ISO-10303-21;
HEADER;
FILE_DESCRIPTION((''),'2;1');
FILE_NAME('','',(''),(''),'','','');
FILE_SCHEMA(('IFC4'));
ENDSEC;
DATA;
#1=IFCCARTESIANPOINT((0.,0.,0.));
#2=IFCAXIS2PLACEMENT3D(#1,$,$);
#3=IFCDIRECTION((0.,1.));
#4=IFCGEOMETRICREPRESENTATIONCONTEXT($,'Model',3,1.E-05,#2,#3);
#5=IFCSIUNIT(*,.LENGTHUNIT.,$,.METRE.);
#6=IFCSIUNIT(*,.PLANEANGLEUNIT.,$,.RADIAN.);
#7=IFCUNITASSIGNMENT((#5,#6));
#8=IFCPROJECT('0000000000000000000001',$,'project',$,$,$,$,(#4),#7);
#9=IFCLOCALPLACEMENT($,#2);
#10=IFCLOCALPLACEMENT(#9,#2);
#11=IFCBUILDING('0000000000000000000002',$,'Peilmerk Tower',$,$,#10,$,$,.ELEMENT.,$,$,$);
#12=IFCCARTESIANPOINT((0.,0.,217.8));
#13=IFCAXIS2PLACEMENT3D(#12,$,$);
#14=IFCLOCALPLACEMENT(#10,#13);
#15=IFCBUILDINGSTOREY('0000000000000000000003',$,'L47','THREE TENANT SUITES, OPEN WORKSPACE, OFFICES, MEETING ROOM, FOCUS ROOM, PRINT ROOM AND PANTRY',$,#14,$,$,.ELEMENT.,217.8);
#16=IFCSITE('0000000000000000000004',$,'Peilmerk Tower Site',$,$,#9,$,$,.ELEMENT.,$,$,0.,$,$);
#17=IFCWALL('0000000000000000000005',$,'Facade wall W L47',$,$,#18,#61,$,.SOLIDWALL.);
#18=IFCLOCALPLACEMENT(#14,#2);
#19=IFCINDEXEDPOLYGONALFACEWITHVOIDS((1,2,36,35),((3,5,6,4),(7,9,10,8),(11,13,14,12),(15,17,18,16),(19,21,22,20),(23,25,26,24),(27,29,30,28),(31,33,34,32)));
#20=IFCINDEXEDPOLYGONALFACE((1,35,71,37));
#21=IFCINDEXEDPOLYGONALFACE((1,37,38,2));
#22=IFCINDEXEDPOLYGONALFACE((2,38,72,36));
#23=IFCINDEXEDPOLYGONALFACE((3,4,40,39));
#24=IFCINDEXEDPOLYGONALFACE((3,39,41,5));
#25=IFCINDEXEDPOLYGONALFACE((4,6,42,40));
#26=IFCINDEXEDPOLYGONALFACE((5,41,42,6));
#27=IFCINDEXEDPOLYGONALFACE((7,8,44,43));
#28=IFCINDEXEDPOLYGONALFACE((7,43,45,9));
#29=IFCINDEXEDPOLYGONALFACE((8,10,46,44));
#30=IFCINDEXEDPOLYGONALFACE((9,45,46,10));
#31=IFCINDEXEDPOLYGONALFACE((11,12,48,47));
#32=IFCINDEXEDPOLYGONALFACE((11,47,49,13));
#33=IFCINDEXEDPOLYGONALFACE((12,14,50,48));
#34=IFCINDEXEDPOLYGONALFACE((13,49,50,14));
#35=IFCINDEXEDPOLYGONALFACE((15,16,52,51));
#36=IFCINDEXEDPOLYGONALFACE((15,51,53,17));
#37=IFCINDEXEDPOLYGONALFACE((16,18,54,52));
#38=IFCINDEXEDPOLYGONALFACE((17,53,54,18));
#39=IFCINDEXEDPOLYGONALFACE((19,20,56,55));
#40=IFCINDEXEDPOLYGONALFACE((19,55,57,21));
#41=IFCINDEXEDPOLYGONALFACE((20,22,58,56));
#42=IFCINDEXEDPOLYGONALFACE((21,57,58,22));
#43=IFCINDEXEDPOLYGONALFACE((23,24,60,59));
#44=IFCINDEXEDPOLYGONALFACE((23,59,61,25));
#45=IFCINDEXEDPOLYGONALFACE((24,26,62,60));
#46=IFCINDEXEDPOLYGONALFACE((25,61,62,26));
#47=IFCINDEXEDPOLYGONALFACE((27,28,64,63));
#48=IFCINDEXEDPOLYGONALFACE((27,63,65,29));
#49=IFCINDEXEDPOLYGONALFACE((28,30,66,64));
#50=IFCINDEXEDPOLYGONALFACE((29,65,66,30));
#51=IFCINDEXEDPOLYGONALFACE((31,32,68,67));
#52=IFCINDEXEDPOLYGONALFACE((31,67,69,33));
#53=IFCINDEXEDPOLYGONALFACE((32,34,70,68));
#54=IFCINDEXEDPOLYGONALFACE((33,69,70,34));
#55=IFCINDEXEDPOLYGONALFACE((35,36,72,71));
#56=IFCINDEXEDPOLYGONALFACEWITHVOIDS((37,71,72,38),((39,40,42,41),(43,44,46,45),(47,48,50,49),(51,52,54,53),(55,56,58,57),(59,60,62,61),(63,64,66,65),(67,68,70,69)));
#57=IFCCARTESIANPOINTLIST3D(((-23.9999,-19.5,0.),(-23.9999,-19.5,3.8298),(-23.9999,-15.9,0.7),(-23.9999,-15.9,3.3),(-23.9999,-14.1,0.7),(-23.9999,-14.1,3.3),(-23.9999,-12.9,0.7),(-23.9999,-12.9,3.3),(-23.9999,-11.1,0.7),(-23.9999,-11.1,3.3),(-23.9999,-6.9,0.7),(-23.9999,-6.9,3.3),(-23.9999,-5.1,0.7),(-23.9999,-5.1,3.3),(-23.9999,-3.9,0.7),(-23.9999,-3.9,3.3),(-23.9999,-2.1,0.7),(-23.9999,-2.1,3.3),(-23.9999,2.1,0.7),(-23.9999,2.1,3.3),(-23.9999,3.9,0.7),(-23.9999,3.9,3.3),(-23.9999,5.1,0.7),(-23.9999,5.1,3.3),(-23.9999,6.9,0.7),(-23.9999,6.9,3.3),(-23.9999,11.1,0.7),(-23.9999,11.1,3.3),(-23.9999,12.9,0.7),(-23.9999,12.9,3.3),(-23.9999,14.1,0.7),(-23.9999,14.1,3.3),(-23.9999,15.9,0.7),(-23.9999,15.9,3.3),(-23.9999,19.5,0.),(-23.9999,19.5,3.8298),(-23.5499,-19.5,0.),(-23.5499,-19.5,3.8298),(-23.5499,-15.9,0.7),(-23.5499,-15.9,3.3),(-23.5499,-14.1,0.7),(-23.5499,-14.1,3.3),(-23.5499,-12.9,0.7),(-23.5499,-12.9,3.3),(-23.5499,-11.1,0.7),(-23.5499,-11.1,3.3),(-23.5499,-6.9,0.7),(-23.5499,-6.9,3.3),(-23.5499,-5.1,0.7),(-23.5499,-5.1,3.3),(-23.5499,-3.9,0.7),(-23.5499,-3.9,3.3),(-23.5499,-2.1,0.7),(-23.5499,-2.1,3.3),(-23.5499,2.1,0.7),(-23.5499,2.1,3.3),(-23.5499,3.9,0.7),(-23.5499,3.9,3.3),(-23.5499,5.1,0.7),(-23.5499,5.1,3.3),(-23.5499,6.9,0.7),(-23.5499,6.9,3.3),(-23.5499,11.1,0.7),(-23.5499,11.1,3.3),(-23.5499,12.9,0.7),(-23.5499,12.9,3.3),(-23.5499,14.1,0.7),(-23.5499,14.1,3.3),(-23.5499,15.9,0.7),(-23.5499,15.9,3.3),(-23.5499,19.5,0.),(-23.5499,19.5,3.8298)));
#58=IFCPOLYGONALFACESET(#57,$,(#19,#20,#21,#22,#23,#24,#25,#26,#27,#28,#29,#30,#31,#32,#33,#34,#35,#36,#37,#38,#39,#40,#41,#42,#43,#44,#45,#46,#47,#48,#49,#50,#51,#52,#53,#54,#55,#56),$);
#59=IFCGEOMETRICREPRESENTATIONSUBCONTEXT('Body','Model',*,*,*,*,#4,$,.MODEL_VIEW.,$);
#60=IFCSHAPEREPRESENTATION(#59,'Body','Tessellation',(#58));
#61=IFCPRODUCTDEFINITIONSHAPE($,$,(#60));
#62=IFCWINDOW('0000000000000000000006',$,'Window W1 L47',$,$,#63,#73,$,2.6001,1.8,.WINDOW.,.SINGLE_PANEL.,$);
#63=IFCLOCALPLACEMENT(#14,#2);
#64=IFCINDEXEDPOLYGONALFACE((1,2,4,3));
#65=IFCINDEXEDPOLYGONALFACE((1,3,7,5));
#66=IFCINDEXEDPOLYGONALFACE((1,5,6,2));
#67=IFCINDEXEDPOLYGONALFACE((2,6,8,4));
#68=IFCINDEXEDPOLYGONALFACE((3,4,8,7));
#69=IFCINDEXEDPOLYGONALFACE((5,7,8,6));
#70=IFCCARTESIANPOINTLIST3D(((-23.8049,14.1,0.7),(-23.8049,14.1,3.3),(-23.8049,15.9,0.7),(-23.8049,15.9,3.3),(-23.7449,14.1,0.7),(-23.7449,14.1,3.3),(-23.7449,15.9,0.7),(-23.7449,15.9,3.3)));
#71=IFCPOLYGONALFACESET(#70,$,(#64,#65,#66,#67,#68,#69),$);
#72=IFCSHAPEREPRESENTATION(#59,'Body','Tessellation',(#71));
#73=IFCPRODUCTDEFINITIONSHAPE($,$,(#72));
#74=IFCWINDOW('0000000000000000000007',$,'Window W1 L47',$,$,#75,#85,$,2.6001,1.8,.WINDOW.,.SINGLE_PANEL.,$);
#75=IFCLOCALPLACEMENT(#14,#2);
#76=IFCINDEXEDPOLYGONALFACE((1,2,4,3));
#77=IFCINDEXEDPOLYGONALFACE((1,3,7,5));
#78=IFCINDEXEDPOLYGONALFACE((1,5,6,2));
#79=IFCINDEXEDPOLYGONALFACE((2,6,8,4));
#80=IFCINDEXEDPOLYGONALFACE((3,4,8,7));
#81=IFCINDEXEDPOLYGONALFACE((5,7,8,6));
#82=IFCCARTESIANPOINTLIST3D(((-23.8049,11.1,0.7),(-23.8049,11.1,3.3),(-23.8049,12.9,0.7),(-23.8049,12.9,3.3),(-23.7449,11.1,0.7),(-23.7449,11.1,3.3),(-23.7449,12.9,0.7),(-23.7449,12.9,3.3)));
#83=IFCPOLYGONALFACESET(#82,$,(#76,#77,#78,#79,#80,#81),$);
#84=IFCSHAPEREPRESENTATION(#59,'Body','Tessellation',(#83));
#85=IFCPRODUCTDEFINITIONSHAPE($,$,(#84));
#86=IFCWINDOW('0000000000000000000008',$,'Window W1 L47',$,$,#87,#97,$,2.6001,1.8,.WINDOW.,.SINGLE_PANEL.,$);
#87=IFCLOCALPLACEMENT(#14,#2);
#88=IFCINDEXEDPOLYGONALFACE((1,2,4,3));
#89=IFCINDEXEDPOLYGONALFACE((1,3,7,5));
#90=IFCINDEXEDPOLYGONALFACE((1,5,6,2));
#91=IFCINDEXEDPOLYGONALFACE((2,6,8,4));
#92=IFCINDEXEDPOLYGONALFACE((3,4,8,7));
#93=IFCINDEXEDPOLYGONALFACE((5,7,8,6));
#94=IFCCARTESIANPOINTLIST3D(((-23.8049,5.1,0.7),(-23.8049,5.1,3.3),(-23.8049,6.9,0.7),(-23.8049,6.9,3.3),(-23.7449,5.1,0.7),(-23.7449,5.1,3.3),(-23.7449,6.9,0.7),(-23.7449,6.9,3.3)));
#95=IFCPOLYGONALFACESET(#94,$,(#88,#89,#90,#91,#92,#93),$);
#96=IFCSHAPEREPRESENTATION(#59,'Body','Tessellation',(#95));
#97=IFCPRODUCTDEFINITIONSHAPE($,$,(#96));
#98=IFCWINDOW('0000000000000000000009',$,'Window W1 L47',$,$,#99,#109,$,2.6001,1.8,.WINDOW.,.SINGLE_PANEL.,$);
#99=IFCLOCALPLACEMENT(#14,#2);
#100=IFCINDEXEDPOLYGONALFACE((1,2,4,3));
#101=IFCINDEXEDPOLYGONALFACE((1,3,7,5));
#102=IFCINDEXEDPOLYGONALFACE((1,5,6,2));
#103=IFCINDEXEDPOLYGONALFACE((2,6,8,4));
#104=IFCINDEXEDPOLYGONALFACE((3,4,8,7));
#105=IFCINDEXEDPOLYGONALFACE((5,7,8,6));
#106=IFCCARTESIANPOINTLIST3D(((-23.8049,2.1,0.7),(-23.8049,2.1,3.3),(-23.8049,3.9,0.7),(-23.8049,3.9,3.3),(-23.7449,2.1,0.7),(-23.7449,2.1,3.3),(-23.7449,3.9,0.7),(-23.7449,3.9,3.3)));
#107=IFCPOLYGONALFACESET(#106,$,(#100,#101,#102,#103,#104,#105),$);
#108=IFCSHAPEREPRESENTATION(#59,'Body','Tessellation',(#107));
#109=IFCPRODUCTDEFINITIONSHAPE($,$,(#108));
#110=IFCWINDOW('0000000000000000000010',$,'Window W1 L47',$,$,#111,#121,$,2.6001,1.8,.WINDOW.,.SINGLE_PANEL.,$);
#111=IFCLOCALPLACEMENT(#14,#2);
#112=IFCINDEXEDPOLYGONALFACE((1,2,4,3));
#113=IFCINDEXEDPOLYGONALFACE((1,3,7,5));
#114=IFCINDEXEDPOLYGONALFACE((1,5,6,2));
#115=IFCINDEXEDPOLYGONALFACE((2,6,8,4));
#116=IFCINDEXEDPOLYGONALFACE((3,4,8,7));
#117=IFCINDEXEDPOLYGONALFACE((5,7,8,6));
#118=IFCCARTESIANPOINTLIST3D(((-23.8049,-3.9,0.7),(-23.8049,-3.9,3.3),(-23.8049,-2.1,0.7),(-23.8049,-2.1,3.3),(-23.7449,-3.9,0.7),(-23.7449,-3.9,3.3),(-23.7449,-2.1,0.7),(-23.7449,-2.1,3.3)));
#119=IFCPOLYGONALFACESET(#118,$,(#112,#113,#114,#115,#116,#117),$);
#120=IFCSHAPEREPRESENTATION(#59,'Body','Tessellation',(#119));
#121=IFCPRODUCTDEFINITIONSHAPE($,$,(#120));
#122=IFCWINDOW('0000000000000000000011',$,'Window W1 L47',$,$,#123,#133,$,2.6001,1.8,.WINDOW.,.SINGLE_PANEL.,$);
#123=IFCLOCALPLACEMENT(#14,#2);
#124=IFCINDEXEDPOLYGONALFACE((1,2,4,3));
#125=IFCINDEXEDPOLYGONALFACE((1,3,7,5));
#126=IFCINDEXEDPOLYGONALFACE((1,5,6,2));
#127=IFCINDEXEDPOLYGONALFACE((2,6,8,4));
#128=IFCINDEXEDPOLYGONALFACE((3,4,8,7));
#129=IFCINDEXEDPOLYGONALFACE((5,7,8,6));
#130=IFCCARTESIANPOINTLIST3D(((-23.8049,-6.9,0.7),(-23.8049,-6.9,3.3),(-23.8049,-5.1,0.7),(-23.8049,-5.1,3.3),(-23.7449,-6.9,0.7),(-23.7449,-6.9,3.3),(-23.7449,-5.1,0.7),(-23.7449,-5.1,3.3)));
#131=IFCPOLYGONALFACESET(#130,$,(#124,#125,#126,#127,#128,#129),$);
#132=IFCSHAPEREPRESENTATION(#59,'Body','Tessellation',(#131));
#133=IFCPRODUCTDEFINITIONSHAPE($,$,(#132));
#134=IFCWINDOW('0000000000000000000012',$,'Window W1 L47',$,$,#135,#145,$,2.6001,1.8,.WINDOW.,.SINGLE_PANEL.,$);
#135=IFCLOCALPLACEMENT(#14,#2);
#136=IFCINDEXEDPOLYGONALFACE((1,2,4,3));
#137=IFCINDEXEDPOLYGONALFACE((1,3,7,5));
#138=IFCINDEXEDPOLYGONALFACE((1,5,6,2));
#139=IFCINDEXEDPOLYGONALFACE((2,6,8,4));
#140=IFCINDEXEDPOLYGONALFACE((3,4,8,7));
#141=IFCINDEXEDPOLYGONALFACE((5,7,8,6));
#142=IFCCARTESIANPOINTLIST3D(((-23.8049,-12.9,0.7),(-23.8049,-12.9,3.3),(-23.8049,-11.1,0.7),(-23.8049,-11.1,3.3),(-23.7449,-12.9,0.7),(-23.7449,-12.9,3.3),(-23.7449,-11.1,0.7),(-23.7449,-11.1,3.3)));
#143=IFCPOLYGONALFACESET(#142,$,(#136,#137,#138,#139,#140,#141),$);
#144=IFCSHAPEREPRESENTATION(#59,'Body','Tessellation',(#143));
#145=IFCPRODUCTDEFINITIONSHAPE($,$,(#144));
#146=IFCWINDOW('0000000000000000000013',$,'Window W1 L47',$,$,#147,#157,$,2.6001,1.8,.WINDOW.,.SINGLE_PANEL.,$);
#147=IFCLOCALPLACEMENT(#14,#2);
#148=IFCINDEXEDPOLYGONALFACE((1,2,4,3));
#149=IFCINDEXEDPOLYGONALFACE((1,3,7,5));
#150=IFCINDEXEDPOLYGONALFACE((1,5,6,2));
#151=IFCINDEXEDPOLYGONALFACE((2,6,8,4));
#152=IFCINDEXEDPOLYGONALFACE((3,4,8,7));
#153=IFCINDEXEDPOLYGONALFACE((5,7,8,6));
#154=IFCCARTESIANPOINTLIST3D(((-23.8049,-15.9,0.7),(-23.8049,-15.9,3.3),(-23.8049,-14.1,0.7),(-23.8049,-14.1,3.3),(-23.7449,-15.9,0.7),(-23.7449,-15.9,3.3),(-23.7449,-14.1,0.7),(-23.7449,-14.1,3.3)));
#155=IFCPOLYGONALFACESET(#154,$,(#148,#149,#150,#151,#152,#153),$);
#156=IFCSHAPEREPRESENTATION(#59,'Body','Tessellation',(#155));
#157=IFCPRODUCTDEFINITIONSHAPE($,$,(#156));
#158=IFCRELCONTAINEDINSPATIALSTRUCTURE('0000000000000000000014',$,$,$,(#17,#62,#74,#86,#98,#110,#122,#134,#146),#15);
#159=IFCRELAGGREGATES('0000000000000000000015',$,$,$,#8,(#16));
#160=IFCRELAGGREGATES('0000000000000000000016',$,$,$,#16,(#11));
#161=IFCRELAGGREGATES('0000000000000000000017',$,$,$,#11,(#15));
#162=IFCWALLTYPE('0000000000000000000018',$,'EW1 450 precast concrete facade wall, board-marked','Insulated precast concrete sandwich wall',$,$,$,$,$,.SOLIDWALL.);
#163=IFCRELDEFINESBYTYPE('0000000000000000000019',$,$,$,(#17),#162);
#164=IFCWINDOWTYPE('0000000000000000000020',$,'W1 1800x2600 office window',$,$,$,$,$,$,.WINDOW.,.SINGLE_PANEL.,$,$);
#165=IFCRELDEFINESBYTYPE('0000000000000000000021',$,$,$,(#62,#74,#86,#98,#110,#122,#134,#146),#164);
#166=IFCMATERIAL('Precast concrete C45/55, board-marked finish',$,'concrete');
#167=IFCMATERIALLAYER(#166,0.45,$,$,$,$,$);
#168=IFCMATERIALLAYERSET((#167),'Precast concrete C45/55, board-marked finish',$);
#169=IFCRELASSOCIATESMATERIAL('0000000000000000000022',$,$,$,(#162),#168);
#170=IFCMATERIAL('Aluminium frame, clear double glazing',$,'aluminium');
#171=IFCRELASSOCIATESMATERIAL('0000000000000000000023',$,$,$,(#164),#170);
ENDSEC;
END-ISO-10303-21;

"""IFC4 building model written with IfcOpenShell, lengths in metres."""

from ifc_helpers import new_model, si_unit, direction, frame, frame_2d, origin, place, context, subcontext, project, spatial, rectangle, extrude, material, layer, layer_set, type_object, element, fill, save


model = new_model("IFC4")

# Units and contexts
model_context = context("Model", 3, precision=1e-05, world=origin(), true_north=direction((0.0, 1.0)))
body_context = subcontext(model_context, "Body", "Model", "MODEL_VIEW")
ifc_project = project(units=[si_unit("LENGTHUNIT", "METRE"), si_unit("PLANEANGLEUNIT", "RADIAN")], contexts=[model_context])

# Site, building, storey
site_placement = place(None, origin())
site = spatial("IfcSite", under=ifc_project, at=site_placement, Name="Peilmerk Tower Site", CompositionType="ELEMENT", RefElevation=0.0)
building_placement = place(site_placement, origin())
building = spatial("IfcBuilding", under=site, at=building_placement, Name="Peilmerk Tower", CompositionType="ELEMENT")
storey_placement = place(building_placement, frame((0.0, 0.0, 217.8)))
storey = spatial("IfcBuildingStorey", under=building, at=storey_placement, Name="L47", Description="THREE TENANT SUITES, OPEN WORKSPACE, OFFICES, MEETING ROOM, FOCUS ROOM, PRINT ROOM AND PANTRY", CompositionType="ELEMENT", Elevation=217.8)

# Wall, openings, windows
ifc_material_1 = material(Name="Precast concrete C45/55, board-marked finish", Category="concrete")
ifc_layer_1 = layer(ifc_material_1, 0.45)
ifc_layer_set_1 = layer_set([ifc_layer_1], Name="Precast concrete C45/55, board-marked finish")
wall_type = type_object("IfcWallType", Name="EW1 450 precast concrete facade wall, board-marked", Description="Insulated precast concrete sandwich wall", PredefinedType="SOLIDWALL", material=ifc_layer_set_1)
wall_1_placement = place(storey_placement, frame((-23.7749, 19.5, 0.0), z_axis=(0.0, 0.0, 1.0), x_axis=(0.0, -1.0, 0.0)))
wall_1 = element("IfcWall", 1, at=wall_1_placement, inside=storey, type_object=wall_type, Name="Facade wall W L47", PredefinedType="SOLIDWALL", context=body_context, shape_type="SweptSolid", body=[
    extrude(rectangle(XDim=39.0, YDim=0.45, at=frame_2d((19.5, 0.0))), origin(), (0.0, 0.0, 1.0), 3.8298),
])
opening_1_placement = place(wall_1_placement, frame((3.6001, 0.0, 0.7)))
opening_1 = element("IfcOpeningElement", 2, at=opening_1_placement, cuts=wall_1, PredefinedType="OPENING", context=body_context, shape_type="SweptSolid", body=[
    extrude(rectangle(XDim=1.8, YDim=2.6001, at=frame_2d((0.8999, 1.3))), frame((0.0, 0.2349, 0.0), z_axis=(0.0, -1.0, 0.0), x_axis=(1.0, 0.0, 0.0)), (0.0, 0.0, 1.0), 0.47),
])
opening_2_placement = place(wall_1_placement, frame((6.6001, 0.0, 0.7)))
opening_2 = element("IfcOpeningElement", 3, at=opening_2_placement, cuts=wall_1, PredefinedType="OPENING", context=body_context, shape_type="SweptSolid", body=[
    extrude(rectangle(XDim=1.8, YDim=2.6001, at=frame_2d((0.8999, 1.3))), frame((0.0, 0.2349, 0.0), z_axis=(0.0, -1.0, 0.0), x_axis=(1.0, 0.0, 0.0)), (0.0, 0.0, 1.0), 0.47),
])
opening_3_placement = place(wall_1_placement, frame((12.6001, 0.0, 0.7)))
opening_3 = element("IfcOpeningElement", 4, at=opening_3_placement, cuts=wall_1, PredefinedType="OPENING", context=body_context, shape_type="SweptSolid", body=[
    extrude(rectangle(XDim=1.8, YDim=2.6001, at=frame_2d((0.8999, 1.3))), frame((0.0, 0.2349, 0.0), z_axis=(0.0, -1.0, 0.0), x_axis=(1.0, 0.0, 0.0)), (0.0, 0.0, 1.0), 0.47),
])
opening_4_placement = place(wall_1_placement, frame((15.6001, 0.0, 0.7)))
opening_4 = element("IfcOpeningElement", 5, at=opening_4_placement, cuts=wall_1, PredefinedType="OPENING", context=body_context, shape_type="SweptSolid", body=[
    extrude(rectangle(XDim=1.8, YDim=2.6001, at=frame_2d((0.8999, 1.3))), frame((0.0, 0.2349, 0.0), z_axis=(0.0, -1.0, 0.0), x_axis=(1.0, 0.0, 0.0)), (0.0, 0.0, 1.0), 0.47),
])
opening_5_placement = place(wall_1_placement, frame((21.6001, 0.0, 0.7)))
opening_5 = element("IfcOpeningElement", 6, at=opening_5_placement, cuts=wall_1, PredefinedType="OPENING", context=body_context, shape_type="SweptSolid", body=[
    extrude(rectangle(XDim=1.8, YDim=2.6001, at=frame_2d((0.8999, 1.3))), frame((0.0, 0.2349, 0.0), z_axis=(0.0, -1.0, 0.0), x_axis=(1.0, 0.0, 0.0)), (0.0, 0.0, 1.0), 0.47),
])
opening_6_placement = place(wall_1_placement, frame((24.6001, 0.0, 0.7)))
opening_6 = element("IfcOpeningElement", 7, at=opening_6_placement, cuts=wall_1, PredefinedType="OPENING", context=body_context, shape_type="SweptSolid", body=[
    extrude(rectangle(XDim=1.8, YDim=2.6001, at=frame_2d((0.8999, 1.3))), frame((0.0, 0.2349, 0.0), z_axis=(0.0, -1.0, 0.0), x_axis=(1.0, 0.0, 0.0)), (0.0, 0.0, 1.0), 0.47),
])
opening_7_placement = place(wall_1_placement, frame((30.6001, 0.0, 0.7)))
opening_7 = element("IfcOpeningElement", 8, at=opening_7_placement, cuts=wall_1, PredefinedType="OPENING", context=body_context, shape_type="SweptSolid", body=[
    extrude(rectangle(XDim=1.8, YDim=2.6001, at=frame_2d((0.8999, 1.3))), frame((0.0, 0.2349, 0.0), z_axis=(0.0, -1.0, 0.0), x_axis=(1.0, 0.0, 0.0)), (0.0, 0.0, 1.0), 0.47),
])
opening_8_placement = place(wall_1_placement, frame((33.6001, 0.0, 0.7)))
opening_8 = element("IfcOpeningElement", 9, at=opening_8_placement, cuts=wall_1, PredefinedType="OPENING", context=body_context, shape_type="SweptSolid", body=[
    extrude(rectangle(XDim=1.8, YDim=2.6001, at=frame_2d((0.8999, 1.3))), frame((0.0, 0.2349, 0.0), z_axis=(0.0, -1.0, 0.0), x_axis=(1.0, 0.0, 0.0)), (0.0, 0.0, 1.0), 0.47),
])
ifc_material_2 = material(Name="Aluminium frame, clear double glazing", Category="aluminium")
window_type = type_object("IfcWindowType", Name="W1 1800x2600 office window", PartitioningType="SINGLE_PANEL", PredefinedType="WINDOW", material=ifc_material_2)
window_1_placement = place(opening_1_placement, origin())
window_1 = element("IfcWindow", 10, at=window_1_placement, inside=storey, type_object=window_type, Name="Window W1 L47", OverallHeight=2.6001, OverallWidth=1.8, PartitioningType="SINGLE_PANEL", PredefinedType="WINDOW", context=body_context, shape_type="SweptSolid", body=[
    extrude(rectangle(XDim=1.8, YDim=2.6001, at=frame_2d((0.8999, 1.3))), frame((0.0, 0.03, 0.0), z_axis=(0.0, -1.0, 0.0), x_axis=(1.0, 0.0, 0.0)), (0.0, 0.0, 1.0), 0.0601),
])
fill(opening_1, window_1)
window_2_placement = place(opening_2_placement, origin())
window_2 = element("IfcWindow", 11, at=window_2_placement, inside=storey, type_object=window_type, Name="Window W1 L47", OverallHeight=2.6001, OverallWidth=1.8, PartitioningType="SINGLE_PANEL", PredefinedType="WINDOW", context=body_context, shape_type="SweptSolid", body=[
    extrude(rectangle(XDim=1.8, YDim=2.6001, at=frame_2d((0.8999, 1.3))), frame((0.0, 0.03, 0.0), z_axis=(0.0, -1.0, 0.0), x_axis=(1.0, 0.0, 0.0)), (0.0, 0.0, 1.0), 0.0601),
])
fill(opening_2, window_2)
window_3_placement = place(opening_3_placement, origin())
window_3 = element("IfcWindow", 12, at=window_3_placement, inside=storey, type_object=window_type, Name="Window W1 L47", OverallHeight=2.6001, OverallWidth=1.8, PartitioningType="SINGLE_PANEL", PredefinedType="WINDOW", context=body_context, shape_type="SweptSolid", body=[
    extrude(rectangle(XDim=1.8, YDim=2.6001, at=frame_2d((0.8999, 1.3))), frame((0.0, 0.03, 0.0), z_axis=(0.0, -1.0, 0.0), x_axis=(1.0, 0.0, 0.0)), (0.0, 0.0, 1.0), 0.0601),
])
fill(opening_3, window_3)
window_4_placement = place(opening_4_placement, origin())
window_4 = element("IfcWindow", 13, at=window_4_placement, inside=storey, type_object=window_type, Name="Window W1 L47", OverallHeight=2.6001, OverallWidth=1.8, PartitioningType="SINGLE_PANEL", PredefinedType="WINDOW", context=body_context, shape_type="SweptSolid", body=[
    extrude(rectangle(XDim=1.8, YDim=2.6001, at=frame_2d((0.8999, 1.3))), frame((0.0, 0.03, 0.0), z_axis=(0.0, -1.0, 0.0), x_axis=(1.0, 0.0, 0.0)), (0.0, 0.0, 1.0), 0.0601),
])
fill(opening_4, window_4)
window_5_placement = place(opening_5_placement, origin())
window_5 = element("IfcWindow", 14, at=window_5_placement, inside=storey, type_object=window_type, Name="Window W1 L47", OverallHeight=2.6001, OverallWidth=1.8, PartitioningType="SINGLE_PANEL", PredefinedType="WINDOW", context=body_context, shape_type="SweptSolid", body=[
    extrude(rectangle(XDim=1.8, YDim=2.6001, at=frame_2d((0.8999, 1.3))), frame((0.0, 0.03, 0.0), z_axis=(0.0, -1.0, 0.0), x_axis=(1.0, 0.0, 0.0)), (0.0, 0.0, 1.0), 0.0601),
])
fill(opening_5, window_5)
window_6_placement = place(opening_6_placement, origin())
window_6 = element("IfcWindow", 15, at=window_6_placement, inside=storey, type_object=window_type, Name="Window W1 L47", OverallHeight=2.6001, OverallWidth=1.8, PartitioningType="SINGLE_PANEL", PredefinedType="WINDOW", context=body_context, shape_type="SweptSolid", body=[
    extrude(rectangle(XDim=1.8, YDim=2.6001, at=frame_2d((0.8999, 1.3))), frame((0.0, 0.03, 0.0), z_axis=(0.0, -1.0, 0.0), x_axis=(1.0, 0.0, 0.0)), (0.0, 0.0, 1.0), 0.0601),
])
fill(opening_6, window_6)
window_7_placement = place(opening_7_placement, origin())
window_7 = element("IfcWindow", 16, at=window_7_placement, inside=storey, type_object=window_type, Name="Window W1 L47", OverallHeight=2.6001, OverallWidth=1.8, PartitioningType="SINGLE_PANEL", PredefinedType="WINDOW", context=body_context, shape_type="SweptSolid", body=[
    extrude(rectangle(XDim=1.8, YDim=2.6001, at=frame_2d((0.8999, 1.3))), frame((0.0, 0.03, 0.0), z_axis=(0.0, -1.0, 0.0), x_axis=(1.0, 0.0, 0.0)), (0.0, 0.0, 1.0), 0.0601),
])
fill(opening_7, window_7)
window_8_placement = place(opening_8_placement, origin())
window_8 = element("IfcWindow", 17, at=window_8_placement, inside=storey, type_object=window_type, Name="Window W1 L47", OverallHeight=2.6001, OverallWidth=1.8, PartitioningType="SINGLE_PANEL", PredefinedType="WINDOW", context=body_context, shape_type="SweptSolid", body=[
    extrude(rectangle(XDim=1.8, YDim=2.6001, at=frame_2d((0.8999, 1.3))), frame((0.0, 0.03, 0.0), z_axis=(0.0, -1.0, 0.0), x_axis=(1.0, 0.0, 0.0)), (0.0, 0.0, 1.0), 0.0601),
])
fill(opening_8, window_8)

save(model, "model.ifc")
